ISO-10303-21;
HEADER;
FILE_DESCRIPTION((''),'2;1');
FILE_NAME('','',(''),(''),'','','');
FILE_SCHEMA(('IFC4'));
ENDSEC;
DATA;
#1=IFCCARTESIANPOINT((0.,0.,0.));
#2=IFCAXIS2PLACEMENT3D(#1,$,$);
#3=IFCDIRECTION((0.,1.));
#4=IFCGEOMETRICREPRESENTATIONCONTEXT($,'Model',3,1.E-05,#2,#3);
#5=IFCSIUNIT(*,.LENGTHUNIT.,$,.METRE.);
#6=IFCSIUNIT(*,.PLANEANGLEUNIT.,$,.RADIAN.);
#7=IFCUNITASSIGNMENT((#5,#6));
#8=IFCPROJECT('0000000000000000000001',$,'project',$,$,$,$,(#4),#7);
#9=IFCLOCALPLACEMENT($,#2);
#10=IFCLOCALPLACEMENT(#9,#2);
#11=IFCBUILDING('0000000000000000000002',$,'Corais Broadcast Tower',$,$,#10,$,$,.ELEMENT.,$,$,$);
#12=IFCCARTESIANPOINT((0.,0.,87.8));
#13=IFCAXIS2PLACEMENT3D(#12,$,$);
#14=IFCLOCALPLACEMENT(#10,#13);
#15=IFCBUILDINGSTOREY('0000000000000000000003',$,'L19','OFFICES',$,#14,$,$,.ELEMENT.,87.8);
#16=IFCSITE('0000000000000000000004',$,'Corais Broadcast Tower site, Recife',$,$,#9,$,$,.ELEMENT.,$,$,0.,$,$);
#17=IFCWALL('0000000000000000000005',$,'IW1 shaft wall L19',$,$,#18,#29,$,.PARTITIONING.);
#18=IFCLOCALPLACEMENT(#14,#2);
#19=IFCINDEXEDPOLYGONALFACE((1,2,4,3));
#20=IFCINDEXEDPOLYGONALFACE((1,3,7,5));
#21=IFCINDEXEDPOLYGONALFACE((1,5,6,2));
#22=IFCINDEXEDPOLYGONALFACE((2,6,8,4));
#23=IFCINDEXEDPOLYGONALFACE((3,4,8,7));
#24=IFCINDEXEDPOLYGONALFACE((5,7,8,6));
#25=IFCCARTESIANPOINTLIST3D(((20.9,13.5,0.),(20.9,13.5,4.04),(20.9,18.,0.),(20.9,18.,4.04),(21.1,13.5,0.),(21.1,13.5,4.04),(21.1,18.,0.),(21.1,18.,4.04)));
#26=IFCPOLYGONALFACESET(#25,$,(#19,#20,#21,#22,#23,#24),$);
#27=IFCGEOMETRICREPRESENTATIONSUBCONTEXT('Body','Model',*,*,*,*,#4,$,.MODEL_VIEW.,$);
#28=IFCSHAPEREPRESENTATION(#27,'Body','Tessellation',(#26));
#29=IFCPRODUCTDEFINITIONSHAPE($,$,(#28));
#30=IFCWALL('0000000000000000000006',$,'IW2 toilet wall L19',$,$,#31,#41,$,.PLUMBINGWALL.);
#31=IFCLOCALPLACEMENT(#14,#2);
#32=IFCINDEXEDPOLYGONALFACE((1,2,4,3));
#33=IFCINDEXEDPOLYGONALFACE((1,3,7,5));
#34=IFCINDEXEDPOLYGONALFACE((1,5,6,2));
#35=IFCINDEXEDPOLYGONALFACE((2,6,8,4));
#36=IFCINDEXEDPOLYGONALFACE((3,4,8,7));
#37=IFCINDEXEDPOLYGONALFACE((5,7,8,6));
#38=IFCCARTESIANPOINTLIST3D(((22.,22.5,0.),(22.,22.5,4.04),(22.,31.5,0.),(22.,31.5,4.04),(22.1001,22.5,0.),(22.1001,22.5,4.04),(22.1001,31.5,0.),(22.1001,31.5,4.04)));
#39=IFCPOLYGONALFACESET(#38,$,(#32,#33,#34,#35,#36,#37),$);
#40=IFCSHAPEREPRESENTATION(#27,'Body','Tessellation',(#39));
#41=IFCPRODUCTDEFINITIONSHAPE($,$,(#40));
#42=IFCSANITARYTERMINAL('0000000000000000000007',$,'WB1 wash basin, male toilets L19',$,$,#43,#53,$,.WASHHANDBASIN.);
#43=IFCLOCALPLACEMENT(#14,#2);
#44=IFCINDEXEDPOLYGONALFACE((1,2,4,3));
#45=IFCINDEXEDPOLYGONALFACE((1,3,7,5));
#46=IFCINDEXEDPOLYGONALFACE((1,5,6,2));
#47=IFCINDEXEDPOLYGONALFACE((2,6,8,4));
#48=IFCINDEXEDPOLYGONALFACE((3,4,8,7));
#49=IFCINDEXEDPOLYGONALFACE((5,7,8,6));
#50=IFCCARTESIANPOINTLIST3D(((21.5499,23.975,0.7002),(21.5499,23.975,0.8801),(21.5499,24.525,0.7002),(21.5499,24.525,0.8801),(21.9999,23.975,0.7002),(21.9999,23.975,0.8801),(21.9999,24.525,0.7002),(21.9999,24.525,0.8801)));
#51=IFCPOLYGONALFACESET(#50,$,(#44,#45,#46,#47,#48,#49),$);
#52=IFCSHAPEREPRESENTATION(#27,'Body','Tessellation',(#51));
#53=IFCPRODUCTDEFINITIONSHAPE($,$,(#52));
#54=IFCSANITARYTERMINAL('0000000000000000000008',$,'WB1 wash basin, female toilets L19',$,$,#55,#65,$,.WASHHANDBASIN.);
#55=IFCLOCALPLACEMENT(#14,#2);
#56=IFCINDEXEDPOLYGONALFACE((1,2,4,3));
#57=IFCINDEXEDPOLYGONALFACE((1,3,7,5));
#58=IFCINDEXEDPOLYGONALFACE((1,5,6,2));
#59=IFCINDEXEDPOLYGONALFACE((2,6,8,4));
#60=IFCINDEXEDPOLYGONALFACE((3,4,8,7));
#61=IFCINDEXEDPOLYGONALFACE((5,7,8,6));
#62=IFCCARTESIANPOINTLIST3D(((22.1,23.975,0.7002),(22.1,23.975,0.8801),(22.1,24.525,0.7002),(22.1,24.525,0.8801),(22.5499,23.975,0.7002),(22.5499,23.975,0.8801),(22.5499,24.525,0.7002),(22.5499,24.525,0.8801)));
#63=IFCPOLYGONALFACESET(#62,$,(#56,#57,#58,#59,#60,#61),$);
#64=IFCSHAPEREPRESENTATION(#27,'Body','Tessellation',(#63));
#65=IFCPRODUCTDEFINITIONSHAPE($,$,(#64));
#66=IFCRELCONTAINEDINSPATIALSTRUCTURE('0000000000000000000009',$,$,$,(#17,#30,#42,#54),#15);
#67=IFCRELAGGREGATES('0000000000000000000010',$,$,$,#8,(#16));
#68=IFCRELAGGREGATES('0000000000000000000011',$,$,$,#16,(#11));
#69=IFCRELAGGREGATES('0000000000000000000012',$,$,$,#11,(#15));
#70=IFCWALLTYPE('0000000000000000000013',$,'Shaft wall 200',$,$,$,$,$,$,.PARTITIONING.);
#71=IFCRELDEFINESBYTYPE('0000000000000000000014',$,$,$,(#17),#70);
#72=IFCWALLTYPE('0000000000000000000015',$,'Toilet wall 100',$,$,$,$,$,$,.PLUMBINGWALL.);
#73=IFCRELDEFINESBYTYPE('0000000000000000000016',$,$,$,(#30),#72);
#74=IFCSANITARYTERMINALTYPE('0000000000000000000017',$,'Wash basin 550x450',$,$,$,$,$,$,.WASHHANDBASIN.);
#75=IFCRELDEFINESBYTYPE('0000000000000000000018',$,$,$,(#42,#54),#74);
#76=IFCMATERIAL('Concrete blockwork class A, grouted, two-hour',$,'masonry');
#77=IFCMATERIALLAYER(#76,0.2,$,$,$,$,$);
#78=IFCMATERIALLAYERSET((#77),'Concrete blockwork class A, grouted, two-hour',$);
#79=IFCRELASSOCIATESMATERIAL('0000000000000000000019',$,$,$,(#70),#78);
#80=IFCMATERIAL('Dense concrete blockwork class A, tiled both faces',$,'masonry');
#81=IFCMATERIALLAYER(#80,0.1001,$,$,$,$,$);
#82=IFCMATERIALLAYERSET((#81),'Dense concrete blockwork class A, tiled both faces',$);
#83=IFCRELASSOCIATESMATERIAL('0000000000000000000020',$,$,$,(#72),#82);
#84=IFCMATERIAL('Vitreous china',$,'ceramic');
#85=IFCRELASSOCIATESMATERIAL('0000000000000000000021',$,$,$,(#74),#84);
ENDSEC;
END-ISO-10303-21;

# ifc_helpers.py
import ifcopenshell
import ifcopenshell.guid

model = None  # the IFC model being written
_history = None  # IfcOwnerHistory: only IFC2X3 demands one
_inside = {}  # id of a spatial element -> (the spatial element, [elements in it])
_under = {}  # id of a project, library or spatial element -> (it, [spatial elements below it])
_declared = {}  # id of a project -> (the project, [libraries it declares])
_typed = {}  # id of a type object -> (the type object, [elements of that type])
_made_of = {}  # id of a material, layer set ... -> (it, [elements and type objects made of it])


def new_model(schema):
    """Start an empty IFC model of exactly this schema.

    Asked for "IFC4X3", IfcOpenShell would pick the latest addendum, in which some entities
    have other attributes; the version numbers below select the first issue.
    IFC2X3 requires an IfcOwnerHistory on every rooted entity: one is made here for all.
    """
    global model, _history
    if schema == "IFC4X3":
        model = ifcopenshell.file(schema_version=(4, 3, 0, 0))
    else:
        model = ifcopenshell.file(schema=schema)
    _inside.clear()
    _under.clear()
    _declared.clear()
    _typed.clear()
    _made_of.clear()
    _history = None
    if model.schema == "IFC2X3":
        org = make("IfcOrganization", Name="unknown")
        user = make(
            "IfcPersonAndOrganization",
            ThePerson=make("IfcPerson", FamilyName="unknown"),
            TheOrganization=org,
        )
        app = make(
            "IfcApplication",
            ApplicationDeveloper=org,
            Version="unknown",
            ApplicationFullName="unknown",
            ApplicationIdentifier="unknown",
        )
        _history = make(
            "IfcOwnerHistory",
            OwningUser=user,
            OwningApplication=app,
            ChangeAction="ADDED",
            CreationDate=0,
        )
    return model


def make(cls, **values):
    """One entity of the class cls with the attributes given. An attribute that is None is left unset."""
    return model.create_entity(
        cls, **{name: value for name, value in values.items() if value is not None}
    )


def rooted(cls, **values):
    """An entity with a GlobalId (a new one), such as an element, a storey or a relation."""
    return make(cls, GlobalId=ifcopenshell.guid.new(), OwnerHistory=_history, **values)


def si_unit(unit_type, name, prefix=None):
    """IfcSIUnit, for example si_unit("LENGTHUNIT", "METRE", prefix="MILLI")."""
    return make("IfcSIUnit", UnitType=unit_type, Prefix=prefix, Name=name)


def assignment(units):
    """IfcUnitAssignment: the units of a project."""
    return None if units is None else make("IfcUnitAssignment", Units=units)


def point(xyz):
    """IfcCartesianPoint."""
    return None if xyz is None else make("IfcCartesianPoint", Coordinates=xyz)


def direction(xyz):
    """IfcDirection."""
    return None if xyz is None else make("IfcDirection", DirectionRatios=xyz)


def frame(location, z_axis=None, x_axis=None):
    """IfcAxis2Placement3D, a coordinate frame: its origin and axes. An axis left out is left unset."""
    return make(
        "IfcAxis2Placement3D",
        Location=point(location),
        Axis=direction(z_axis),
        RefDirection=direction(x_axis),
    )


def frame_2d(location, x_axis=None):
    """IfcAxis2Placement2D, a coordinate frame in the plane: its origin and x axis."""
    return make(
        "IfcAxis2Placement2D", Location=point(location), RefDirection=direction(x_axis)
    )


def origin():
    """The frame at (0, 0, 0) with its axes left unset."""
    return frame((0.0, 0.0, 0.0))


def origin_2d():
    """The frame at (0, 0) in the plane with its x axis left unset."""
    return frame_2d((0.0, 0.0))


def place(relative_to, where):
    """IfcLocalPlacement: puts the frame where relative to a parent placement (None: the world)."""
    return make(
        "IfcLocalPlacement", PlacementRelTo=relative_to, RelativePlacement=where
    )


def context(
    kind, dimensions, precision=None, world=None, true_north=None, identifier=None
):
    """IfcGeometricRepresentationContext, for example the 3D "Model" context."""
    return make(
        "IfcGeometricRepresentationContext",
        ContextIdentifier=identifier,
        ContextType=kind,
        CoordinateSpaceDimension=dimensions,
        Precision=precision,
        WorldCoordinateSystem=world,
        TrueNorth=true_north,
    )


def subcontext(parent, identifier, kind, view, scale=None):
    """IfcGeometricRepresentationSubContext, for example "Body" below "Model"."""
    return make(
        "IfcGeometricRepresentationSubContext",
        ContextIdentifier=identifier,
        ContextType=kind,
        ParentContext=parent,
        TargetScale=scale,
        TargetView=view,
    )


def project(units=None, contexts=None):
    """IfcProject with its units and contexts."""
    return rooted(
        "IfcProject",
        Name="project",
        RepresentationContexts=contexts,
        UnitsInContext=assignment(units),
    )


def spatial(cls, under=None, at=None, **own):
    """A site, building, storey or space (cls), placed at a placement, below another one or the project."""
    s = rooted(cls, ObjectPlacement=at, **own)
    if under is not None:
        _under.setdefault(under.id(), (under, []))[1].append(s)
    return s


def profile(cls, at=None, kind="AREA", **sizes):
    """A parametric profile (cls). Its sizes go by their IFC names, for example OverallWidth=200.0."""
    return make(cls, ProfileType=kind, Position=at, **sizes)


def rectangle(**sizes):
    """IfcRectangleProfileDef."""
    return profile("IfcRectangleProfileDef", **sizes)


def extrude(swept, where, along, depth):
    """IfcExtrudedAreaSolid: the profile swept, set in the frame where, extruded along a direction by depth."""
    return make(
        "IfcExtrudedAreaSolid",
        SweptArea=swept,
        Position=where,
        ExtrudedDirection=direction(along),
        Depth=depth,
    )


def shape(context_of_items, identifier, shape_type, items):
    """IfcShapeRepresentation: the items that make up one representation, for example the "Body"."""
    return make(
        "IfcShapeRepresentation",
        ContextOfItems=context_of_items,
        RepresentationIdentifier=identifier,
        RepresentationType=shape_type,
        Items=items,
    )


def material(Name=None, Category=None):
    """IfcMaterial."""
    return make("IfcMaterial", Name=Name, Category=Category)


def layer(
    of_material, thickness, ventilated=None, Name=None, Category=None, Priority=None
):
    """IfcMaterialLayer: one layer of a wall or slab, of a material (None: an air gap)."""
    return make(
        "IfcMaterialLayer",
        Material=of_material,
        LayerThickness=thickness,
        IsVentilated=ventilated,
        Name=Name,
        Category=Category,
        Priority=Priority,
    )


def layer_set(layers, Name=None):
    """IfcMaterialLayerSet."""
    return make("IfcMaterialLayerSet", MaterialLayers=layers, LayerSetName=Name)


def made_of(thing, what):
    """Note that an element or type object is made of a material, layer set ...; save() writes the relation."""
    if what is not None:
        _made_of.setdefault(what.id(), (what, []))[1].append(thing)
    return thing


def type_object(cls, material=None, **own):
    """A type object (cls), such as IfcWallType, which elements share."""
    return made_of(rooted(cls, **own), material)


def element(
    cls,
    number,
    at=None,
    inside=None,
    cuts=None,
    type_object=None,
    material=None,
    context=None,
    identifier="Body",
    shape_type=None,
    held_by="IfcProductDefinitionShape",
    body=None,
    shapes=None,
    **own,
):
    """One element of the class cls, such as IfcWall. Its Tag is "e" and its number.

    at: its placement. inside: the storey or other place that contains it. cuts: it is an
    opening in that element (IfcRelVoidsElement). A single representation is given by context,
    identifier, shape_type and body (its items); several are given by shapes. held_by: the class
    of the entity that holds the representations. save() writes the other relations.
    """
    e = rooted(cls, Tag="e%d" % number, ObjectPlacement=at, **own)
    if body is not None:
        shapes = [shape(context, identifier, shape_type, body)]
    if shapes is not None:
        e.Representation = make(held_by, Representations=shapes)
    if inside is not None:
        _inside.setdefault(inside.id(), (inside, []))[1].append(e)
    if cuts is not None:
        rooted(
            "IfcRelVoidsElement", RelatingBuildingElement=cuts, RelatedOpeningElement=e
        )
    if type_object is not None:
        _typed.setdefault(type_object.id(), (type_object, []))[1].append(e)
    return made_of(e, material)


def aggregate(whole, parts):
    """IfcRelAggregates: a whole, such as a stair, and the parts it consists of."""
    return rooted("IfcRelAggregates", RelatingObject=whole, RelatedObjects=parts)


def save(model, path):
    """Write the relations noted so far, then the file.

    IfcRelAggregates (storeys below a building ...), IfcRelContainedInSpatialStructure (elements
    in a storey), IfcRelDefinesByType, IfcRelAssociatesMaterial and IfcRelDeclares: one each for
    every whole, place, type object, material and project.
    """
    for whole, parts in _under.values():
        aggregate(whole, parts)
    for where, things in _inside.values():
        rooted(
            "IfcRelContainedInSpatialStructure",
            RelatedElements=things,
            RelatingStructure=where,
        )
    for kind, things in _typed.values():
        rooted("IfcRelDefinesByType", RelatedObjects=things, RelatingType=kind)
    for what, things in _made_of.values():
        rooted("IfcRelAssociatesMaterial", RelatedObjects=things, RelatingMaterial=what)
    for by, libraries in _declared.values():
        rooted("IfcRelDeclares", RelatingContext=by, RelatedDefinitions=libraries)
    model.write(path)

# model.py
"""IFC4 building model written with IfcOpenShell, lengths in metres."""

from ifc_helpers import new_model, si_unit, direction, frame, frame_2d, origin, origin_2d, place, context, subcontext, project, spatial, rectangle, extrude, material, layer, layer_set, type_object, element, save


model = new_model("IFC4")

# Units and contexts
model_context = context("Model", 3, precision=1e-05, world=origin(), true_north=direction((0.0, 1.0)))
body_context = subcontext(model_context, "Body", "Model", "MODEL_VIEW")
ifc_project = project(units=[si_unit("LENGTHUNIT", "METRE"), si_unit("PLANEANGLEUNIT", "RADIAN")], contexts=[model_context])

# Site, building, storey
site_placement = place(None, origin())
site = spatial("IfcSite", under=ifc_project, at=site_placement, Name="Corais Broadcast Tower site, Recife", CompositionType="ELEMENT", RefElevation=0.0)
building_placement = place(site_placement, origin())
building = spatial("IfcBuilding", under=site, at=building_placement, Name="Corais Broadcast Tower", CompositionType="ELEMENT")
storey_placement = place(building_placement, frame((0.0, 0.0, 87.8)))
storey = spatial("IfcBuildingStorey", under=building, at=storey_placement, Name="L19", Description="OFFICES", CompositionType="ELEMENT", Elevation=87.8)

# Walls
ifc_material_1 = material(Name="Concrete blockwork class A, grouted, two-hour", Category="masonry")
ifc_layer_1 = layer(ifc_material_1, 0.2)
ifc_layer_set_1 = layer_set([ifc_layer_1], Name="Concrete blockwork class A, grouted, two-hour")
wall_type_1 = type_object("IfcWallType", Name="Shaft wall 200", PredefinedType="PARTITIONING", material=ifc_layer_set_1)
wall_1_placement = place(storey_placement, frame((21.0, 13.5, 0.0), z_axis=(0.0, 0.0, 1.0), x_axis=(0.0, 1.0, 0.0)))
element("IfcWall", 1, at=wall_1_placement, inside=storey, type_object=wall_type_1, Name="IW1 shaft wall L19", PredefinedType="PARTITIONING", context=body_context, shape_type="SweptSolid", body=[
    extrude(rectangle(XDim=4.5, YDim=0.2, at=frame_2d((2.25, 0.0))), origin(), (0.0, 0.0, 1.0), 4.04),
])
ifc_material_2 = material(Name="Dense concrete blockwork class A, tiled both faces", Category="masonry")
ifc_layer_2 = layer(ifc_material_2, 0.1001)
ifc_layer_set_2 = layer_set([ifc_layer_2], Name="Dense concrete blockwork class A, tiled both faces")
wall_type_2 = type_object("IfcWallType", Name="Toilet wall 100", PredefinedType="PLUMBINGWALL", material=ifc_layer_set_2)
wall_2_placement = place(storey_placement, frame((22.05, 22.5, 0.0), z_axis=(0.0, 0.0, 1.0), x_axis=(0.0, 1.0, 0.0)))
element("IfcWall", 2, at=wall_2_placement, inside=storey, type_object=wall_type_2, Name="IW2 toilet wall L19", PredefinedType="PLUMBINGWALL", context=body_context, shape_type="SweptSolid", body=[
    extrude(rectangle(XDim=9.0, YDim=0.1001, at=frame_2d((4.5, 0.0))), origin(), (0.0, 0.0, 1.0), 4.04),
])

# Sanitary terminals
ifc_material_3 = material(Name="Vitreous china", Category="ceramic")
sanitary_terminal_type = type_object("IfcSanitaryTerminalType", Name="Wash basin 550x450", PredefinedType="WASHHANDBASIN", material=ifc_material_3)
for number, where, z_axis, x_axis, name in (
    (3, (21.7749, 24.25, 0.7002), (0.0, 0.0, 1.0), (1.0, 0.0, 0.0), "WB1 wash basin, male toilets L19"),
    (4, (22.325, 24.25, 0.7002), (0.0, 0.0, 1.0), (1.0, 0.0, 0.0), "WB1 wash basin, female toilets L19"),
):
    element("IfcSanitaryTerminal", number, at=place(storey_placement, frame(where, z_axis=z_axis, x_axis=x_axis)), inside=storey, type_object=sanitary_terminal_type, Name=name, PredefinedType="WASHHANDBASIN", context=body_context, shape_type="SweptSolid", body=[
        extrude(rectangle(XDim=0.45, YDim=0.55, at=origin_2d()), origin(), (0.0, 0.0, 1.0), 0.1799),
    ])

save(model, "model.ifc")
